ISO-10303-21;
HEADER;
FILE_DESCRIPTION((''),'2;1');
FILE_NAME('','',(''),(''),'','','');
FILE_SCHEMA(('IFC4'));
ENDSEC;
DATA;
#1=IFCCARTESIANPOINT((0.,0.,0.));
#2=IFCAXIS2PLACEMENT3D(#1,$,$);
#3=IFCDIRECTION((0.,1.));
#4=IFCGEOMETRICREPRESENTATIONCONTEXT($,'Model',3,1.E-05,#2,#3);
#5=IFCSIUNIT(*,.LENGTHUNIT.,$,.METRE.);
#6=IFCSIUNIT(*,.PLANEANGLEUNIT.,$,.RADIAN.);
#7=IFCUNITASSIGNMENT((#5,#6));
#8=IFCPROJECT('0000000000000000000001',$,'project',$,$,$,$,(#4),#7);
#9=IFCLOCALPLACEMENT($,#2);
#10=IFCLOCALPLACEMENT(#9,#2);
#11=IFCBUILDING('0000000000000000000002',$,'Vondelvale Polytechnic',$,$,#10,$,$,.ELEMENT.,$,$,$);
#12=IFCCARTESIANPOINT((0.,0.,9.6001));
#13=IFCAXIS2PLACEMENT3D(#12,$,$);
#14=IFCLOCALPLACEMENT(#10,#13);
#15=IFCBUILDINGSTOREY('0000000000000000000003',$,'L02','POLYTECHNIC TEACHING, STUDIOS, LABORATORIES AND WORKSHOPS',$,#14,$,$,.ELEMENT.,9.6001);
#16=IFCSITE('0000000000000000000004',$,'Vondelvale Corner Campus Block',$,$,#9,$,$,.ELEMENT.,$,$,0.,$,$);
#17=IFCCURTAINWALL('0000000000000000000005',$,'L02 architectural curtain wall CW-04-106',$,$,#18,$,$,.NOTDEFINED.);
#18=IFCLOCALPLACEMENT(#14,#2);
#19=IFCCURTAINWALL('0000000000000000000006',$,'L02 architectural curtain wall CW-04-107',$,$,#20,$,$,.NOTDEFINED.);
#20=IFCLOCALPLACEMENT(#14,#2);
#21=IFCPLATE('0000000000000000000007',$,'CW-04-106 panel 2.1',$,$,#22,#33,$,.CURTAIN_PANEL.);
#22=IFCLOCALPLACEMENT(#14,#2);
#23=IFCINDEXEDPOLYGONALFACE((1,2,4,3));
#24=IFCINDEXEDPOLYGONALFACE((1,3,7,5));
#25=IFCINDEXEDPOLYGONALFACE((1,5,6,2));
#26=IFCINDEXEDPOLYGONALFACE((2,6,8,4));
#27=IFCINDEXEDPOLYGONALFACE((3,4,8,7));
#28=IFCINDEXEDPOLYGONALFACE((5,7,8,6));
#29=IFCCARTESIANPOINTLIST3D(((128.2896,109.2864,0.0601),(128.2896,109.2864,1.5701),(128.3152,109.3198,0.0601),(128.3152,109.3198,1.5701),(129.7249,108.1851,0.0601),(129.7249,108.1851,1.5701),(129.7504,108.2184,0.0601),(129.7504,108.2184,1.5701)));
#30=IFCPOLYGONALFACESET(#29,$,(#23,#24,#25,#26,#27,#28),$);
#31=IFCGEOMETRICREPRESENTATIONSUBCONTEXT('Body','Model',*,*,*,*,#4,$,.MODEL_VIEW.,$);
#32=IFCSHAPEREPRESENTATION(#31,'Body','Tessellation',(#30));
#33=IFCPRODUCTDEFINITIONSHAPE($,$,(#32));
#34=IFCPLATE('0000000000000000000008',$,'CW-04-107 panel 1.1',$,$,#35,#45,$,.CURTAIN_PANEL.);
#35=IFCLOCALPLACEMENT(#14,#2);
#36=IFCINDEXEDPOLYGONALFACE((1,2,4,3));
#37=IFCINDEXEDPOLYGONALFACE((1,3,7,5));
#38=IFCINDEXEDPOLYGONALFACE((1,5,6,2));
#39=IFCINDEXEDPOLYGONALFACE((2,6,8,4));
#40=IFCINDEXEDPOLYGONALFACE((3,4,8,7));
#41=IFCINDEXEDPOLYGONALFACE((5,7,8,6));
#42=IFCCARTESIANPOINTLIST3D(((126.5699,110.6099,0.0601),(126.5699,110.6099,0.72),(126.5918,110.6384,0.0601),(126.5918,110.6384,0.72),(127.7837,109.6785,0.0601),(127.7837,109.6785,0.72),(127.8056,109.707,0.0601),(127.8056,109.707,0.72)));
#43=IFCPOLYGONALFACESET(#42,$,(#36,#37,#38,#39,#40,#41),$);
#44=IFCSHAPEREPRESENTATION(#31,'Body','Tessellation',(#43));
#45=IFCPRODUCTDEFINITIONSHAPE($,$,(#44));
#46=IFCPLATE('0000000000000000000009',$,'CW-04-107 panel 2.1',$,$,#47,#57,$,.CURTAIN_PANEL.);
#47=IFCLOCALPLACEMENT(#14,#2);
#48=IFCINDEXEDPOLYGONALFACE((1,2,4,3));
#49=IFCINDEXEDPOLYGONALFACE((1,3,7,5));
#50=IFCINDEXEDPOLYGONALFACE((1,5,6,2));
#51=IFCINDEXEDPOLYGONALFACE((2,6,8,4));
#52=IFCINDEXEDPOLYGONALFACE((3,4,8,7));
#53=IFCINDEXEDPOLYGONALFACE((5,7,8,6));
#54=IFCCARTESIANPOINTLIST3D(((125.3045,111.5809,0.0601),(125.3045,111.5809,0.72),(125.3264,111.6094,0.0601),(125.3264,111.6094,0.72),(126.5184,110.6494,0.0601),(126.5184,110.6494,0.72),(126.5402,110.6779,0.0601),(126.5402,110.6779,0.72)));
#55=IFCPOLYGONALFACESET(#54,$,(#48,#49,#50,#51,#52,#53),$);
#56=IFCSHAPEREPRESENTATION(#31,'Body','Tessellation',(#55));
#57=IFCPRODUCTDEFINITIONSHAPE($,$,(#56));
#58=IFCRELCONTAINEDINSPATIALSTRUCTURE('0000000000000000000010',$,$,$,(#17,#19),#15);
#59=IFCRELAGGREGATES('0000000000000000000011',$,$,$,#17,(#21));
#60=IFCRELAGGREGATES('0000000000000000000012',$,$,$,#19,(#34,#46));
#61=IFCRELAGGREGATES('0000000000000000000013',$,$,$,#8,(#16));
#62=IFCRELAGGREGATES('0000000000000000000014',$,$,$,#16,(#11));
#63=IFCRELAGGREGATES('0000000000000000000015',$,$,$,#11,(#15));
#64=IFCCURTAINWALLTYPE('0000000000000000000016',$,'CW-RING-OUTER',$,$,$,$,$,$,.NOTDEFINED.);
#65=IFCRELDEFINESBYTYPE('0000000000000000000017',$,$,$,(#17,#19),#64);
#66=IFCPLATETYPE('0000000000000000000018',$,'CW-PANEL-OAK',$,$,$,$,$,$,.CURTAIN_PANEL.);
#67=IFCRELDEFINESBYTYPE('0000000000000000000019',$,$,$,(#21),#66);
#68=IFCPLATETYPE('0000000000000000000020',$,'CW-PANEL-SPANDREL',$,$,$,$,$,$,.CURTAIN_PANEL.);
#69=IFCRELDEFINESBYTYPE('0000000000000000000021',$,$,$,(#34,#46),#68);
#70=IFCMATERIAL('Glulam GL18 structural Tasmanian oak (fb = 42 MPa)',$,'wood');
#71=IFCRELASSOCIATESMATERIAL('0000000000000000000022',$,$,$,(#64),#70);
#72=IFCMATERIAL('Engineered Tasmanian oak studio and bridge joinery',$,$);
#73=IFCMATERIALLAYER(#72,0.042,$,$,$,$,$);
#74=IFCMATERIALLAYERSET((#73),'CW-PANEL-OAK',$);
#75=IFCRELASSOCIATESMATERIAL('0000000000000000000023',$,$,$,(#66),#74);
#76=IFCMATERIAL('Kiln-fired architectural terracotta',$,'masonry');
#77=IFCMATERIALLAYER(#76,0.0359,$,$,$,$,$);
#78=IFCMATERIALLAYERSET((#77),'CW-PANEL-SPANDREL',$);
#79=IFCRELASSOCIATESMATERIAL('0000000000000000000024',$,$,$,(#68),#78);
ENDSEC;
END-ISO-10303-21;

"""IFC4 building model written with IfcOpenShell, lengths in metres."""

from ifc_helpers import new_model, si_unit, direction, frame, origin, origin_2d, place, context, subcontext, project, spatial, rectangle, extrude, material, layer, layer_set, type_object, element, aggregate, save


model = new_model("IFC4")

# Units and contexts
model_context = context("Model", 3, precision=1e-05, world=origin(), true_north=direction((0.0, 1.0)))
body_context = subcontext(model_context, "Body", "Model", "MODEL_VIEW")
ifc_project = project(units=[si_unit("LENGTHUNIT", "METRE"), si_unit("PLANEANGLEUNIT", "RADIAN")], contexts=[model_context])

# Site, building, storey
site_placement = place(None, origin())
site = spatial("IfcSite", under=ifc_project, at=site_placement, Name="Vondelvale Corner Campus Block", CompositionType="ELEMENT", RefElevation=0.0)
building_placement = place(site_placement, origin())
building = spatial("IfcBuilding", under=site, at=building_placement, Name="Vondelvale Polytechnic", CompositionType="ELEMENT")
storey_placement = place(building_placement, frame((0.0, 0.0, 9.6001)))
storey = spatial("IfcBuildingStorey", under=building, at=storey_placement, Name="L02", Description="POLYTECHNIC TEACHING, STUDIOS, LABORATORIES AND WORKSHOPS", CompositionType="ELEMENT", Elevation=9.6001)

# Shared definitions
ifc_material_1 = material(Name="Glulam GL18 structural Tasmanian oak (fb = 42 MPa)", Category="wood")

# Curtain wall
curtain_wall_type = type_object("IfcCurtainWallType", Name="CW-RING-OUTER", PredefinedType="NOTDEFINED", material=ifc_material_1)
curtain_wall_1_placement = place(storey_placement, origin())
curtain_wall_1 = element("IfcCurtainWall", 1, at=curtain_wall_1_placement, inside=storey, type_object=curtain_wall_type, Name="L02 architectural curtain wall CW-04-106", PredefinedType="NOTDEFINED")

# Curtain wall
curtain_wall_2_placement = place(storey_placement, origin())
curtain_wall_2 = element("IfcCurtainWall", 2, at=curtain_wall_2_placement, inside=storey, type_object=curtain_wall_type, Name="L02 architectural curtain wall CW-04-107", PredefinedType="NOTDEFINED")

# Plates
ifc_material_2 = material(Name="Engineered Tasmanian oak studio and bridge joinery")
ifc_layer_1 = layer(ifc_material_2, 0.042)
ifc_layer_set_1 = layer_set([ifc_layer_1], Name="CW-PANEL-OAK")
plate_type_1 = type_object("IfcPlateType", Name="CW-PANEL-OAK", PredefinedType="CURTAIN_PANEL", material=ifc_layer_set_1)
plate_1_placement = place(storey_placement, frame((129.02, 108.7524, 0.0601), z_axis=(0.0, 0.0, 1.0), x_axis=(-0.793346, 0.608771, 0.0)))
plate_1 = element("IfcPlate", 3, at=plate_1_placement, type_object=plate_type_1, Name="CW-04-106 panel 2.1", PredefinedType="CURTAIN_PANEL", context=body_context, shape_type="SweptSolid", body=[
    extrude(rectangle(XDim=1.8091, YDim=0.042, at=origin_2d()), origin(), (0.0, 0.0, 1.0), 1.51),
])
aggregate(curtain_wall_1, [plate_1])
ifc_material_3 = material(Name="Kiln-fired architectural terracotta", Category="masonry")
ifc_layer_2 = layer(ifc_material_3, 0.0359)
ifc_layer_set_2 = layer_set([ifc_layer_2], Name="CW-PANEL-SPANDREL")
plate_type_2 = type_object("IfcPlateType", Name="CW-PANEL-SPANDREL", PredefinedType="CURTAIN_PANEL", material=ifc_layer_set_2)
plate_2_placement = place(storey_placement, frame((127.1877, 110.1584, 0.0601), z_axis=(0.0, 0.0, 1.0), x_axis=(-0.793334, 0.608787, 0.0)))
plate_2 = element("IfcPlate", 4, at=plate_2_placement, type_object=plate_type_2, Name="CW-04-107 panel 1.1", PredefinedType="CURTAIN_PANEL", context=body_context, shape_type="SweptSolid", body=[
    extrude(rectangle(XDim=1.53, YDim=0.0359, at=origin_2d()), origin(), (0.0, 0.0, 1.0), 0.6599),
])
plate_3_placement = place(storey_placement, frame((125.9224, 111.1294, 0.0601), z_axis=(0.0, 0.0, 1.0), x_axis=(-0.793334, 0.608787, 0.0)))
plate_3 = element("IfcPlate", 5, at=plate_3_placement, type_object=plate_type_2, Name="CW-04-107 panel 2.1", PredefinedType="CURTAIN_PANEL", context=body_context, shape_type="SweptSolid", body=[
    extrude(rectangle(XDim=1.53, YDim=0.0359, at=origin_2d()), origin(), (0.0, 0.0, 1.0), 0.6599),
])
aggregate(curtain_wall_2, [plate_2, plate_3])

save(model, "model.ifc")
